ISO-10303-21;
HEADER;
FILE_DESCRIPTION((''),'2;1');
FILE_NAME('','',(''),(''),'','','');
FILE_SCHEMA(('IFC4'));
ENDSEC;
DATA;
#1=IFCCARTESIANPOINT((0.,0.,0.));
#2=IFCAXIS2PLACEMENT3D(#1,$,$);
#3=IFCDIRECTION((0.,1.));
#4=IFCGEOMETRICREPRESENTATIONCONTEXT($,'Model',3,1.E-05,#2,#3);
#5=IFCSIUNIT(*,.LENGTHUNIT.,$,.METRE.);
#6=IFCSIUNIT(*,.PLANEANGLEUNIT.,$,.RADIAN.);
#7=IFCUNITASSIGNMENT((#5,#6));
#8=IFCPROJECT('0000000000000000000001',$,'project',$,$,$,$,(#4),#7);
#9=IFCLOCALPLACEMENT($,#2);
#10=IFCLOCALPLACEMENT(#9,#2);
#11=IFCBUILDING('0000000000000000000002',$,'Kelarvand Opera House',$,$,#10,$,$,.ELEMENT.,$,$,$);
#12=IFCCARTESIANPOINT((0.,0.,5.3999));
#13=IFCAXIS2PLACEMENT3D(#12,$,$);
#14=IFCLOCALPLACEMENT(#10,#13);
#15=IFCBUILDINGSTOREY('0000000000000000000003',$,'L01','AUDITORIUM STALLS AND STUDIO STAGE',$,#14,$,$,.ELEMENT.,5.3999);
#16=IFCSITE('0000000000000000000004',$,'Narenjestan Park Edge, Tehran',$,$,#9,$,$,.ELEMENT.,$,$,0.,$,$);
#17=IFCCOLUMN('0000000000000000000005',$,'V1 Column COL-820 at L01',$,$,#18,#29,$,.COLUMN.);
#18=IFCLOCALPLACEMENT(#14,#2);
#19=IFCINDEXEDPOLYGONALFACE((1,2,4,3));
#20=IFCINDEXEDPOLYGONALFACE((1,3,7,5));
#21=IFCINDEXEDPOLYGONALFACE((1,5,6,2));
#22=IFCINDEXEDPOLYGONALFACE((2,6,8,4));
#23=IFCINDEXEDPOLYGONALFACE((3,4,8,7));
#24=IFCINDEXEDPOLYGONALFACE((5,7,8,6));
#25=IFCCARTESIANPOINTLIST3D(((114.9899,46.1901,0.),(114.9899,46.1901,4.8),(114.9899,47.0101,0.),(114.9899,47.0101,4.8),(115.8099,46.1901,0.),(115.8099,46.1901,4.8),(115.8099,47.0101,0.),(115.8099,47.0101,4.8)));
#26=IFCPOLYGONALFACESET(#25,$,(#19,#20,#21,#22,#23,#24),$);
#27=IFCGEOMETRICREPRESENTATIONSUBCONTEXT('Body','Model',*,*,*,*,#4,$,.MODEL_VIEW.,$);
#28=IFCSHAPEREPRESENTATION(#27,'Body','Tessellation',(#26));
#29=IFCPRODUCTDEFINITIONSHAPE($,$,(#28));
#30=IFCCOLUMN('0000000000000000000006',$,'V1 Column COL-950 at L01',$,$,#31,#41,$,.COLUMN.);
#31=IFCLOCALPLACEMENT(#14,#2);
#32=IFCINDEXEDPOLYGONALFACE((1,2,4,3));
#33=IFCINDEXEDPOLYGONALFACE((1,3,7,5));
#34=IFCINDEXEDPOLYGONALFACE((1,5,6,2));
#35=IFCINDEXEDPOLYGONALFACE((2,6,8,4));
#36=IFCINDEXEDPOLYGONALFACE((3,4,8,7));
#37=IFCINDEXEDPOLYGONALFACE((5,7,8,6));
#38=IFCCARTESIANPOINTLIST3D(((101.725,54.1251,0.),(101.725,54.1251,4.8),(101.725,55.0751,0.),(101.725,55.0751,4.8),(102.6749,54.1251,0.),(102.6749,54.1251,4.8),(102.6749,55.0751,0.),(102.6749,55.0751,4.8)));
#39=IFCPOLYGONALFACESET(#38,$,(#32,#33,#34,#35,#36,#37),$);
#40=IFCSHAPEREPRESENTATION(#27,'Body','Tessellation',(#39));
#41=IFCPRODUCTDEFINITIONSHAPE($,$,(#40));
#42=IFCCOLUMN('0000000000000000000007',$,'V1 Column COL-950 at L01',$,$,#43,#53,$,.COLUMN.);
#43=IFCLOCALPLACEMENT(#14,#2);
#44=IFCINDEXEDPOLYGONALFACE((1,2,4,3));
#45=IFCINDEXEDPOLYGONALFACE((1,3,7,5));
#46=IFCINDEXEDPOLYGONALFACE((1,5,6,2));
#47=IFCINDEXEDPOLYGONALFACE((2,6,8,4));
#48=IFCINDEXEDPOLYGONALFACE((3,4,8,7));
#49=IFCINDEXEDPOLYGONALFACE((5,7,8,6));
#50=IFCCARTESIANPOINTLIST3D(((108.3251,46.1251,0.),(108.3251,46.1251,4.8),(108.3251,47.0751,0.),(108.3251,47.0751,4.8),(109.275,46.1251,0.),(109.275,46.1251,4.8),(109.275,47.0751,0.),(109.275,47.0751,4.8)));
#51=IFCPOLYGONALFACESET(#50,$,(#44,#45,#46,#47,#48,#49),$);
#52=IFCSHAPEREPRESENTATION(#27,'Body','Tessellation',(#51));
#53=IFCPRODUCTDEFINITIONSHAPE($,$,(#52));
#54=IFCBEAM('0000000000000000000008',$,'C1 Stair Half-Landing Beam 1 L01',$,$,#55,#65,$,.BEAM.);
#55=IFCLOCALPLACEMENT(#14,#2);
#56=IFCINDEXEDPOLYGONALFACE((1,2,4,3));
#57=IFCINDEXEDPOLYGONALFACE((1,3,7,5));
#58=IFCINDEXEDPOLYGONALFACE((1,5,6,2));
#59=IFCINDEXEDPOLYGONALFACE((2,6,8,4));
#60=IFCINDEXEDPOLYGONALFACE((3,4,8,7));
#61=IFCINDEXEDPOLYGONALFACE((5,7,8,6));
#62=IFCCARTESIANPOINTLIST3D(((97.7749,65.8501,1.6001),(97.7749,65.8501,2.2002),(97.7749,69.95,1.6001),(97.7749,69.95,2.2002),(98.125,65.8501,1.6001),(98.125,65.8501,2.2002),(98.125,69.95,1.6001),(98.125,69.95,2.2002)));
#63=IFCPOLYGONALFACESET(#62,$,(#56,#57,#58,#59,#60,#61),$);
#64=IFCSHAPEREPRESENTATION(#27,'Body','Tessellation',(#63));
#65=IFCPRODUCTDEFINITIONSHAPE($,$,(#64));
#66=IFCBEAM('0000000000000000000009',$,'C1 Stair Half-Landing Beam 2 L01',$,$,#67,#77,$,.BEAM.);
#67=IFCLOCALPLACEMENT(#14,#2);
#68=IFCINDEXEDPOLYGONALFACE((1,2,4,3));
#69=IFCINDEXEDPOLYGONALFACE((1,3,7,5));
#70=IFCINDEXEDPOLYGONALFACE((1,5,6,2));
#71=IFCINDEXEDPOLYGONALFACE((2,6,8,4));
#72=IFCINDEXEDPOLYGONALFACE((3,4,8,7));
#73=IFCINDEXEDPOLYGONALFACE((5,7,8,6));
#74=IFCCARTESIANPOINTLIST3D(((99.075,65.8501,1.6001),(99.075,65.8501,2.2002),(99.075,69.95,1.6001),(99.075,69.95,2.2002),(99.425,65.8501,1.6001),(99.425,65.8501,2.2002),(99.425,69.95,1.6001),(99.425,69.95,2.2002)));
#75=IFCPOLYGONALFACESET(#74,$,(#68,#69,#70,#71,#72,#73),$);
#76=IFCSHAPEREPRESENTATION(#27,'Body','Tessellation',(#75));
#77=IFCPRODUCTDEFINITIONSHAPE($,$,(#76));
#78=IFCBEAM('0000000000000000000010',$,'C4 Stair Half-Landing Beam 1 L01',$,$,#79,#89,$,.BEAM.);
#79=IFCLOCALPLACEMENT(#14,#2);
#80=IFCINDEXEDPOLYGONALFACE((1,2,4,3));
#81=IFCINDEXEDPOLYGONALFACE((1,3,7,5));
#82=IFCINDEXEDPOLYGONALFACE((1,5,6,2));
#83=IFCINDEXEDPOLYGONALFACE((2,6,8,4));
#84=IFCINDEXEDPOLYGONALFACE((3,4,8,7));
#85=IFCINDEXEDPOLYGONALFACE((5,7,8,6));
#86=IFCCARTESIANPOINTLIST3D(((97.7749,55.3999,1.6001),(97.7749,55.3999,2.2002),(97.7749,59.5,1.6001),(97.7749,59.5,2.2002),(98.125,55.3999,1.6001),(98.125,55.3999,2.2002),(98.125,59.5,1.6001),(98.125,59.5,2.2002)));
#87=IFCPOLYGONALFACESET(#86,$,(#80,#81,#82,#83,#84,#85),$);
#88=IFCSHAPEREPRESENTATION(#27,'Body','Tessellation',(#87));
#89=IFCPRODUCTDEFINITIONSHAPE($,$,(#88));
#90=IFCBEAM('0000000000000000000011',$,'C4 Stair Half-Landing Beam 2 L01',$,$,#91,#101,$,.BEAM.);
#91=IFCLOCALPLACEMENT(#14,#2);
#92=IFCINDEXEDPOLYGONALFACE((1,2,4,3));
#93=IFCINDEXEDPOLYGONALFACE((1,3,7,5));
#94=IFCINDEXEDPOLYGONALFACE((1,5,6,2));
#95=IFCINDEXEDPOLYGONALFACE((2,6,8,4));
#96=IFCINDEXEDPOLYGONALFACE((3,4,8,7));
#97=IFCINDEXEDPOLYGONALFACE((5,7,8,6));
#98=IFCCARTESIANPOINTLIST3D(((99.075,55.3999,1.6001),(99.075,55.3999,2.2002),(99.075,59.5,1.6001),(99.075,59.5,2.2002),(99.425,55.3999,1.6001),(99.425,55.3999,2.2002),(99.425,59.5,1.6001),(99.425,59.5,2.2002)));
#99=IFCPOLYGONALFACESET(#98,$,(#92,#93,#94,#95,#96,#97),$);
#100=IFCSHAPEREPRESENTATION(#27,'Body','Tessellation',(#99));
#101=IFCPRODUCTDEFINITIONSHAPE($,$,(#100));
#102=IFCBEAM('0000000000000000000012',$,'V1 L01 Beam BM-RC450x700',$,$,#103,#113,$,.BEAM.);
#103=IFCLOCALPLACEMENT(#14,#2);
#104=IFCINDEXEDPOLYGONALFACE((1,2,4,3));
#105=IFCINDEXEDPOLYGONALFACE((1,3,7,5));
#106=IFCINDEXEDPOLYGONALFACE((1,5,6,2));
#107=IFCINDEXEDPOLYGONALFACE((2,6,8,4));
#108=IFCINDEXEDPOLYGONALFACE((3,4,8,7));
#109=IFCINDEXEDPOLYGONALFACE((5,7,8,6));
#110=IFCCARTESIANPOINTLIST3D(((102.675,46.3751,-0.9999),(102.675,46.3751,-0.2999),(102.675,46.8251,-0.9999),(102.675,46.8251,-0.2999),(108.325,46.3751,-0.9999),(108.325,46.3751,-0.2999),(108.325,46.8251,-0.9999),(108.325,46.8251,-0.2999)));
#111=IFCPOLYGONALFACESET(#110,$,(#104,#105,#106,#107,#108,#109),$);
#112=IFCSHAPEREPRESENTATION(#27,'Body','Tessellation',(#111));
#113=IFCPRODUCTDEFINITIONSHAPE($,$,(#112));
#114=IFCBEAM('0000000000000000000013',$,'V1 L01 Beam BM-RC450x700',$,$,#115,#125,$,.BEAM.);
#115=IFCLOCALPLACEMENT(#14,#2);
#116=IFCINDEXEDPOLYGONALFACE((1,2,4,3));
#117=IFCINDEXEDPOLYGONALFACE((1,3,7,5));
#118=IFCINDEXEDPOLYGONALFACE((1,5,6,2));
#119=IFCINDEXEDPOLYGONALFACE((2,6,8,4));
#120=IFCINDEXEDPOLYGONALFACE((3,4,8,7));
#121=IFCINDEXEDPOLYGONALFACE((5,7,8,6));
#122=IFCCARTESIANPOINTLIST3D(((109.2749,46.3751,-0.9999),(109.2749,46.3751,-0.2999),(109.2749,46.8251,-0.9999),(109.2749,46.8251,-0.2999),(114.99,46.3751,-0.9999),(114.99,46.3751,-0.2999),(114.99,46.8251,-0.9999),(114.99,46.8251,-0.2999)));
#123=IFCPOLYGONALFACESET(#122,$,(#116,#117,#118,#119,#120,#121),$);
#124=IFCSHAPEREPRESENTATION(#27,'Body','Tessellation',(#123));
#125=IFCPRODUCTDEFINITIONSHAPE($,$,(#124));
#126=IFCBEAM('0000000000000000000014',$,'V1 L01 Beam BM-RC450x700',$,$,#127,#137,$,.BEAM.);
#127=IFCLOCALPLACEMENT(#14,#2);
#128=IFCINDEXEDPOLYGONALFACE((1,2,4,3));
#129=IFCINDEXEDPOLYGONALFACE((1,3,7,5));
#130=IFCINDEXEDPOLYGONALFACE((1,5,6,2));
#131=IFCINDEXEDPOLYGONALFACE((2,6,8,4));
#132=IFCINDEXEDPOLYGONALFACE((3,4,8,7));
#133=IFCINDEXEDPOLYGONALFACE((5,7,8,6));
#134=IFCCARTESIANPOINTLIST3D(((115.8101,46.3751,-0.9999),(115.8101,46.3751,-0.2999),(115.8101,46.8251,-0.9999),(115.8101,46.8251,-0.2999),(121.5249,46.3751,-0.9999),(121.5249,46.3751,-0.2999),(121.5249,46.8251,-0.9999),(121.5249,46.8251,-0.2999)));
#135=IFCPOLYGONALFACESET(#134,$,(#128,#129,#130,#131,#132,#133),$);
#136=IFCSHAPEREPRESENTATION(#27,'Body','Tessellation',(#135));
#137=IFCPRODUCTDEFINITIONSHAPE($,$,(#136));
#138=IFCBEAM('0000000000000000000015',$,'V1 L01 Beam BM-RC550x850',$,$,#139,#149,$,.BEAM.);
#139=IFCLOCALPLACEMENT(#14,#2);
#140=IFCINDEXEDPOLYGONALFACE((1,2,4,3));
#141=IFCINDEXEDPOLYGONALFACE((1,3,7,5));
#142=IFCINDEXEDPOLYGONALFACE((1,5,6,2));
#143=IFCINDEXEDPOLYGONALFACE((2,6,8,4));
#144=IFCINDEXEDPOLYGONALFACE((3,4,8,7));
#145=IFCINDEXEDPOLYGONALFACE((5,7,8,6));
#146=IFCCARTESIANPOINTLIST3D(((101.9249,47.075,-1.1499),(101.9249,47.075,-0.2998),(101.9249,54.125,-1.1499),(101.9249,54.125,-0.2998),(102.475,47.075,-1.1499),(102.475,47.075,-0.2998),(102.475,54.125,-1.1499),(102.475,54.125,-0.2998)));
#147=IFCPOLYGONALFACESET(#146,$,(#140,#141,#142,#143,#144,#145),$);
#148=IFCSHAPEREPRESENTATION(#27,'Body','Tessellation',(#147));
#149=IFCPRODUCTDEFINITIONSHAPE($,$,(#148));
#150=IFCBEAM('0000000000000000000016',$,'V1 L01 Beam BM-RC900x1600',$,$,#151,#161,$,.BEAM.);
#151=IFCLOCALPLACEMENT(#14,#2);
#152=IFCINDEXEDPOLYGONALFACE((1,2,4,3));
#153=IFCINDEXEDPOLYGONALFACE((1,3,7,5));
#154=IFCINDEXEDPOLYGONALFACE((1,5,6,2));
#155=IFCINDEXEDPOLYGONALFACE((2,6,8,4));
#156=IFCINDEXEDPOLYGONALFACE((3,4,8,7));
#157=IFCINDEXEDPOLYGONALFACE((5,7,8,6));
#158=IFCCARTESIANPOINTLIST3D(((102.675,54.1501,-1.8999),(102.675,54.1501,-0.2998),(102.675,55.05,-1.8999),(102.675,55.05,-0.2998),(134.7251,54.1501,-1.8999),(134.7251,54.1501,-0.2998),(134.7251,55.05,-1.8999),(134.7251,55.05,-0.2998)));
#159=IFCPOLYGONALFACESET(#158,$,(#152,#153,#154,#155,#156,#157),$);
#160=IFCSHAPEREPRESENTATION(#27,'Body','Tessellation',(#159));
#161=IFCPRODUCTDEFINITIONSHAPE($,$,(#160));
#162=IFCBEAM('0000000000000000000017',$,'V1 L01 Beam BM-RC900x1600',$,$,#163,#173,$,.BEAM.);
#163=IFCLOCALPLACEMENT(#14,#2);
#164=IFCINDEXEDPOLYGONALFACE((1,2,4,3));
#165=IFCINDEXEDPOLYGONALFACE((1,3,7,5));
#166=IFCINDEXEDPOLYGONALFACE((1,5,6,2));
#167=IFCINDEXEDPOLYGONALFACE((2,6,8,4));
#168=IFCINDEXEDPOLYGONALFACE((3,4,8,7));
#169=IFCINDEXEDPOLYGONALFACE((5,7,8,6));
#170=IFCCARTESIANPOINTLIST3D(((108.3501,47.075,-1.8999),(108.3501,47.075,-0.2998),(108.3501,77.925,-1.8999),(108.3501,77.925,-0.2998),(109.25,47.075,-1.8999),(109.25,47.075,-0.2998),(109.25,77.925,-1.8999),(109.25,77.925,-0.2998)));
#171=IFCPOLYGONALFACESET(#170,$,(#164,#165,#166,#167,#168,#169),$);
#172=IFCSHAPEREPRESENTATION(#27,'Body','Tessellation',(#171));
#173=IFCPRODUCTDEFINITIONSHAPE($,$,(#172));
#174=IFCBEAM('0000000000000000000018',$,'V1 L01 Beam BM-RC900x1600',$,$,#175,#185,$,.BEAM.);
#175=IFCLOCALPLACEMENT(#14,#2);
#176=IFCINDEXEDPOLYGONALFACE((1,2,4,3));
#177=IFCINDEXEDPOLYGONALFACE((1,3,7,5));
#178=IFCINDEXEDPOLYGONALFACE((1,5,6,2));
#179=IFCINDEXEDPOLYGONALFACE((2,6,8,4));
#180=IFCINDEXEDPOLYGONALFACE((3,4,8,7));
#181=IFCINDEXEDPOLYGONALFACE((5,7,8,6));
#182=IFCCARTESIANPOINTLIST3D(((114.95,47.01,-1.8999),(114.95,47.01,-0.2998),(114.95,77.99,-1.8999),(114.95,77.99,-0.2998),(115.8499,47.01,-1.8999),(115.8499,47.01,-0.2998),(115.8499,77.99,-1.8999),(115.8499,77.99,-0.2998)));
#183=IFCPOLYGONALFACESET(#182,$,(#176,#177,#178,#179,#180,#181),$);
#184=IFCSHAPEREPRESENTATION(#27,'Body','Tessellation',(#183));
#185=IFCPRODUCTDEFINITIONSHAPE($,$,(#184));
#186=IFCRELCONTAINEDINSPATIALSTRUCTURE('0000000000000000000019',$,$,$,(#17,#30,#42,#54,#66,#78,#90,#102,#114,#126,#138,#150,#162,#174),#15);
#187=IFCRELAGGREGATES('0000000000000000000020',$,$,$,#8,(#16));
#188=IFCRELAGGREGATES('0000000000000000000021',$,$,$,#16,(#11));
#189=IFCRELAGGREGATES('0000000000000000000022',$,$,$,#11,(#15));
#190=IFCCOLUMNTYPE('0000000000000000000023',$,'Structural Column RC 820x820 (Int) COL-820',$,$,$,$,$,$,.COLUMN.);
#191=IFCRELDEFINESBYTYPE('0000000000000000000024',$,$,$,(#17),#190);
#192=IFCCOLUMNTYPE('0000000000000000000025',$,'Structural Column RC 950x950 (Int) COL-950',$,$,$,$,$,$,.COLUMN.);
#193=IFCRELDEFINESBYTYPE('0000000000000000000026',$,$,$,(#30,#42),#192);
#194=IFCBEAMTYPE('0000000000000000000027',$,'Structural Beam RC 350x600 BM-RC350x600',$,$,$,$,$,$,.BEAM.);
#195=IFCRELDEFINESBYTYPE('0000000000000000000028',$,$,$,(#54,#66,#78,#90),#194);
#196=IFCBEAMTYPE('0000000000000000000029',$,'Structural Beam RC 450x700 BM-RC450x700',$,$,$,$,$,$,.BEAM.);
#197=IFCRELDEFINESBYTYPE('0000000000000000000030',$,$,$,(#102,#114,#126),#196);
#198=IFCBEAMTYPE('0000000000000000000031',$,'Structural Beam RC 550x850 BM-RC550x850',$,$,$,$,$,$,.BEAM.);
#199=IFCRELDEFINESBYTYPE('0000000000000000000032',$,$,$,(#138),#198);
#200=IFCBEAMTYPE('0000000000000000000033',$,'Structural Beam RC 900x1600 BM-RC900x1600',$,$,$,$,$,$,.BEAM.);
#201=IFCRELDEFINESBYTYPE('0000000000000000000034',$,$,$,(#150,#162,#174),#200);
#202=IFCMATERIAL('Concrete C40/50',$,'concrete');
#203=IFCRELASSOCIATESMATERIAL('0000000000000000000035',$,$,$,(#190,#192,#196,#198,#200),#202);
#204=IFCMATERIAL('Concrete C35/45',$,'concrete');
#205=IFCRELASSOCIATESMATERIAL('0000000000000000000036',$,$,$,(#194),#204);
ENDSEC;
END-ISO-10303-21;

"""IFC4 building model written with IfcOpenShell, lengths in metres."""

from ifc_helpers import new_model, si_unit, direction, frame, origin, origin_2d, place, context, subcontext, project, spatial, rectangle, extrude, material, material_profile, profile_set, type_object, element, save


model = new_model("IFC4")

# Units and contexts
model_context = context("Model", 3, precision=1e-05, world=origin(), true_north=direction((0.0, 1.0)))
body_context = subcontext(model_context, "Body", "Model", "MODEL_VIEW")
ifc_project = project(units=[si_unit("LENGTHUNIT", "METRE"), si_unit("PLANEANGLEUNIT", "RADIAN")], contexts=[model_context])

# Site, building, storey
site_placement = place(None, origin())
site = spatial("IfcSite", under=ifc_project, at=site_placement, Name="Narenjestan Park Edge, Tehran", CompositionType="ELEMENT", RefElevation=0.0)
building_placement = place(site_placement, origin())
building = spatial("IfcBuilding", under=site, at=building_placement, Name="Kelarvand Opera House", CompositionType="ELEMENT")
storey_placement = place(building_placement, frame((0.0, 0.0, 5.3999)))
storey = spatial("IfcBuildingStorey", under=building, at=storey_placement, Name="L01", Description="AUDITORIUM STALLS AND STUDIO STAGE", CompositionType="ELEMENT", Elevation=5.3999)

# Columns
ifc_material_1 = material(Name="Concrete C40/50", Category="concrete")
ifc_material_profile_1 = material_profile(ifc_material_1, rectangle(XDim=0.8201, YDim=0.8201, at=origin_2d()), Name="RC 820x820", Category="concrete")
ifc_profile_set_1 = profile_set([ifc_material_profile_1], Name="Concrete C40/50")
column_type_1 = type_object("IfcColumnType", Name="Structural Column RC 820x820 (Int) COL-820", PredefinedType="COLUMN", material=ifc_profile_set_1)
column_placement = place(storey_placement, frame((115.3999, 46.6001, 0.0), z_axis=(0.0, 0.0, 1.0), x_axis=(1.0, 0.0, 0.0)))
element("IfcColumn", 1, at=column_placement, inside=storey, type_object=column_type_1, Name="V1 Column COL-820 at L01", PredefinedType="COLUMN", context=body_context, shape_type="SweptSolid", body=[
    extrude(rectangle(XDim=0.8201, YDim=0.8201, at=origin_2d()), origin(), (0.0, 0.0, 1.0), 4.8),
])
ifc_material_profile_2 = material_profile(ifc_material_1, rectangle(XDim=0.95, YDim=0.95, at=origin_2d()), Name="RC 950x950", Category="concrete")
ifc_profile_set_2 = profile_set([ifc_material_profile_2], Name="Concrete C40/50")
column_type_2 = type_object("IfcColumnType", Name="Structural Column RC 950x950 (Int) COL-950", PredefinedType="COLUMN", material=ifc_profile_set_2)
for number, where, z_axis, x_axis, name in (
    (2, (102.2, 54.6001, 0.0), (0.0, 0.0, 1.0), (1.0, 0.0, 0.0), "V1 Column COL-950 at L01"),
    (3, (108.8, 46.6001, 0.0), (0.0, 0.0, 1.0), (1.0, 0.0, 0.0), "V1 Column COL-950 at L01"),
):
    element("IfcColumn", number, at=place(storey_placement, frame(where, z_axis=z_axis, x_axis=x_axis)), inside=storey, type_object=column_type_2, Name=name, PredefinedType="COLUMN", context=body_context, shape_type="SweptSolid", body=[
        extrude(rectangle(XDim=0.95, YDim=0.95, at=origin_2d()), origin(), (0.0, 0.0, 1.0), 4.8),
    ])

# Beams
ifc_material_2 = material(Name="Concrete C35/45", Category="concrete")
ifc_material_profile_3 = material_profile(ifc_material_2, rectangle(XDim=0.3501, YDim=0.6001, at=origin_2d()), Name="RC 350x600", Category="concrete")
ifc_profile_set_3 = profile_set([ifc_material_profile_3], Name="Concrete C35/45")
beam_type_1 = type_object("IfcBeamType", Name="Structural Beam RC 350x600 BM-RC350x600", PredefinedType="BEAM", material=ifc_profile_set_3)
for number, where, z_axis, x_axis, name in (
    (4, (97.95, 65.8501, 1.9001), (0.0, 1.0, 0.0), (-1.0, 0.0, 0.0), "C1 Stair Half-Landing Beam 1 L01"),
    (5, (99.25, 65.8501, 1.9001), (0.0, 1.0, 0.0), (-1.0, 0.0, 0.0), "C1 Stair Half-Landing Beam 2 L01"),
):
    element("IfcBeam", number, at=place(storey_placement, frame(where, z_axis=z_axis, x_axis=x_axis)), inside=storey, type_object=beam_type_1, Name=name, PredefinedType="BEAM", context=body_context, shape_type="SweptSolid", body=[
        extrude(rectangle(XDim=0.3501, YDim=0.6001, at=origin_2d()), origin(), (0.0, 0.0, 1.0), 4.0999),
    ])
for number, where, z_axis, x_axis, name in (
    (6, (97.95, 55.3999, 1.9001), (0.0, 1.0, 0.0), (-1.0, 0.0, 0.0), "C4 Stair Half-Landing Beam 1 L01"),
    (7, (99.25, 55.3999, 1.9001), (0.0, 1.0, 0.0), (-1.0, 0.0, 0.0), "C4 Stair Half-Landing Beam 2 L01"),
):
    element("IfcBeam", number, at=place(storey_placement, frame(where, z_axis=z_axis, x_axis=x_axis)), inside=storey, type_object=beam_type_1, Name=name, PredefinedType="BEAM", context=body_context, shape_type="SweptSolid", body=[
        extrude(rectangle(XDim=0.3501, YDim=0.6001, at=origin_2d()), origin(), (0.0, 0.0, 1.0), 4.1001),
    ])
ifc_material_profile_4 = material_profile(ifc_material_1, rectangle(XDim=0.45, YDim=0.7, at=origin_2d()), Name="RC 450x700", Category="concrete")
ifc_profile_set_4 = profile_set([ifc_material_profile_4], Name="Concrete C40/50")
beam_type_2 = type_object("IfcBeamType", Name="Structural Beam RC 450x700 BM-RC450x700", PredefinedType="BEAM", material=ifc_profile_set_4)
beam_1_placement = place(storey_placement, frame((102.675, 46.6001, -0.6499), z_axis=(1.0, 0.0, 0.0), x_axis=(0.0, 1.0, 0.0)))
element("IfcBeam", 8, at=beam_1_placement, inside=storey, type_object=beam_type_2, Name="V1 L01 Beam BM-RC450x700", PredefinedType="BEAM", context=body_context, shape_type="SweptSolid", body=[
    extrude(rectangle(XDim=0.45, YDim=0.7, at=origin_2d()), origin(), (0.0, 0.0, 1.0), 5.6499),
])
beam_2_placement = place(storey_placement, frame((109.2749, 46.6001, -0.6499), z_axis=(1.0, 0.0, 0.0), x_axis=(0.0, 1.0, 0.0)))
element("IfcBeam", 9, at=beam_2_placement, inside=storey, type_object=beam_type_2, Name="V1 L01 Beam BM-RC450x700", PredefinedType="BEAM", context=body_context, shape_type="SweptSolid", body=[
    extrude(rectangle(XDim=0.45, YDim=0.7, at=origin_2d()), origin(), (0.0, 0.0, 1.0), 5.7151),
])
beam_3_placement = place(storey_placement, frame((115.8101, 46.6001, -0.6499), z_axis=(1.0, 0.0, 0.0), x_axis=(0.0, 1.0, 0.0)))
element("IfcBeam", 10, at=beam_3_placement, inside=storey, type_object=beam_type_2, Name="V1 L01 Beam BM-RC450x700", PredefinedType="BEAM", context=body_context, shape_type="SweptSolid", body=[
    extrude(rectangle(XDim=0.45, YDim=0.7, at=origin_2d()), origin(), (0.0, 0.0, 1.0), 5.7148),
])
ifc_material_profile_5 = material_profile(ifc_material_1, rectangle(XDim=0.55, YDim=0.8501, at=origin_2d()), Name="RC 550x850", Category="concrete")
ifc_profile_set_5 = profile_set([ifc_material_profile_5], Name="Concrete C40/50")
beam_type_3 = type_object("IfcBeamType", Name="Structural Beam RC 550x850 BM-RC550x850", PredefinedType="BEAM", material=ifc_profile_set_5)
beam_4_placement = place(storey_placement, frame((102.2, 47.075, -0.7249), z_axis=(0.0, 1.0, 0.0), x_axis=(-1.0, 0.0, 0.0)))
element("IfcBeam", 11, at=beam_4_placement, inside=storey, type_object=beam_type_3, Name="V1 L01 Beam BM-RC550x850", PredefinedType="BEAM", context=body_context, shape_type="SweptSolid", body=[
    extrude(rectangle(XDim=0.55, YDim=0.8501, at=origin_2d()), origin(), (0.0, 0.0, 1.0), 7.05),
])
ifc_material_profile_6 = material_profile(ifc_material_1, rectangle(XDim=0.8999, YDim=1.6001, at=origin_2d()), Name="RC 900x1600", Category="concrete")
ifc_profile_set_6 = profile_set([ifc_material_profile_6], Name="Concrete C40/50")
beam_type_4 = type_object("IfcBeamType", Name="Structural Beam RC 900x1600 BM-RC900x1600", PredefinedType="BEAM", material=ifc_profile_set_6)
beam_5_placement = place(storey_placement, frame((102.675, 54.6001, -1.0999), z_axis=(1.0, 0.0, 0.0), x_axis=(0.0, 1.0, 0.0)))
element("IfcBeam", 12, at=beam_5_placement, inside=storey, type_object=beam_type_4, Name="V1 L01 Beam BM-RC900x1600", PredefinedType="BEAM", context=body_context, shape_type="SweptSolid", body=[
    extrude(rectangle(XDim=0.8999, YDim=1.6001, at=origin_2d()), origin(), (0.0, 0.0, 1.0), 32.05),
])
beam_6_placement = place(storey_placement, frame((108.8, 47.075, -1.0999), z_axis=(0.0, 1.0, 0.0), x_axis=(-1.0, 0.0, 0.0)))
element("IfcBeam", 13, at=beam_6_placement, inside=storey, type_object=beam_type_4, Name="V1 L01 Beam BM-RC900x1600", PredefinedType="BEAM", context=body_context, shape_type="SweptSolid", body=[
    extrude(rectangle(XDim=0.8999, YDim=1.6001, at=origin_2d()), origin(), (0.0, 0.0, 1.0), 30.8501),
])
beam_7_placement = place(storey_placement, frame((115.3999, 47.01, -1.0999), z_axis=(0.0, 1.0, 0.0), x_axis=(-1.0, 0.0, 0.0)))
element("IfcBeam", 14, at=beam_7_placement, inside=storey, type_object=beam_type_4, Name="V1 L01 Beam BM-RC900x1600", PredefinedType="BEAM", context=body_context, shape_type="SweptSolid", body=[
    extrude(rectangle(XDim=0.8999, YDim=1.6001, at=origin_2d()), origin(), (0.0, 0.0, 1.0), 30.98),
])

save(model, "model.ifc")
